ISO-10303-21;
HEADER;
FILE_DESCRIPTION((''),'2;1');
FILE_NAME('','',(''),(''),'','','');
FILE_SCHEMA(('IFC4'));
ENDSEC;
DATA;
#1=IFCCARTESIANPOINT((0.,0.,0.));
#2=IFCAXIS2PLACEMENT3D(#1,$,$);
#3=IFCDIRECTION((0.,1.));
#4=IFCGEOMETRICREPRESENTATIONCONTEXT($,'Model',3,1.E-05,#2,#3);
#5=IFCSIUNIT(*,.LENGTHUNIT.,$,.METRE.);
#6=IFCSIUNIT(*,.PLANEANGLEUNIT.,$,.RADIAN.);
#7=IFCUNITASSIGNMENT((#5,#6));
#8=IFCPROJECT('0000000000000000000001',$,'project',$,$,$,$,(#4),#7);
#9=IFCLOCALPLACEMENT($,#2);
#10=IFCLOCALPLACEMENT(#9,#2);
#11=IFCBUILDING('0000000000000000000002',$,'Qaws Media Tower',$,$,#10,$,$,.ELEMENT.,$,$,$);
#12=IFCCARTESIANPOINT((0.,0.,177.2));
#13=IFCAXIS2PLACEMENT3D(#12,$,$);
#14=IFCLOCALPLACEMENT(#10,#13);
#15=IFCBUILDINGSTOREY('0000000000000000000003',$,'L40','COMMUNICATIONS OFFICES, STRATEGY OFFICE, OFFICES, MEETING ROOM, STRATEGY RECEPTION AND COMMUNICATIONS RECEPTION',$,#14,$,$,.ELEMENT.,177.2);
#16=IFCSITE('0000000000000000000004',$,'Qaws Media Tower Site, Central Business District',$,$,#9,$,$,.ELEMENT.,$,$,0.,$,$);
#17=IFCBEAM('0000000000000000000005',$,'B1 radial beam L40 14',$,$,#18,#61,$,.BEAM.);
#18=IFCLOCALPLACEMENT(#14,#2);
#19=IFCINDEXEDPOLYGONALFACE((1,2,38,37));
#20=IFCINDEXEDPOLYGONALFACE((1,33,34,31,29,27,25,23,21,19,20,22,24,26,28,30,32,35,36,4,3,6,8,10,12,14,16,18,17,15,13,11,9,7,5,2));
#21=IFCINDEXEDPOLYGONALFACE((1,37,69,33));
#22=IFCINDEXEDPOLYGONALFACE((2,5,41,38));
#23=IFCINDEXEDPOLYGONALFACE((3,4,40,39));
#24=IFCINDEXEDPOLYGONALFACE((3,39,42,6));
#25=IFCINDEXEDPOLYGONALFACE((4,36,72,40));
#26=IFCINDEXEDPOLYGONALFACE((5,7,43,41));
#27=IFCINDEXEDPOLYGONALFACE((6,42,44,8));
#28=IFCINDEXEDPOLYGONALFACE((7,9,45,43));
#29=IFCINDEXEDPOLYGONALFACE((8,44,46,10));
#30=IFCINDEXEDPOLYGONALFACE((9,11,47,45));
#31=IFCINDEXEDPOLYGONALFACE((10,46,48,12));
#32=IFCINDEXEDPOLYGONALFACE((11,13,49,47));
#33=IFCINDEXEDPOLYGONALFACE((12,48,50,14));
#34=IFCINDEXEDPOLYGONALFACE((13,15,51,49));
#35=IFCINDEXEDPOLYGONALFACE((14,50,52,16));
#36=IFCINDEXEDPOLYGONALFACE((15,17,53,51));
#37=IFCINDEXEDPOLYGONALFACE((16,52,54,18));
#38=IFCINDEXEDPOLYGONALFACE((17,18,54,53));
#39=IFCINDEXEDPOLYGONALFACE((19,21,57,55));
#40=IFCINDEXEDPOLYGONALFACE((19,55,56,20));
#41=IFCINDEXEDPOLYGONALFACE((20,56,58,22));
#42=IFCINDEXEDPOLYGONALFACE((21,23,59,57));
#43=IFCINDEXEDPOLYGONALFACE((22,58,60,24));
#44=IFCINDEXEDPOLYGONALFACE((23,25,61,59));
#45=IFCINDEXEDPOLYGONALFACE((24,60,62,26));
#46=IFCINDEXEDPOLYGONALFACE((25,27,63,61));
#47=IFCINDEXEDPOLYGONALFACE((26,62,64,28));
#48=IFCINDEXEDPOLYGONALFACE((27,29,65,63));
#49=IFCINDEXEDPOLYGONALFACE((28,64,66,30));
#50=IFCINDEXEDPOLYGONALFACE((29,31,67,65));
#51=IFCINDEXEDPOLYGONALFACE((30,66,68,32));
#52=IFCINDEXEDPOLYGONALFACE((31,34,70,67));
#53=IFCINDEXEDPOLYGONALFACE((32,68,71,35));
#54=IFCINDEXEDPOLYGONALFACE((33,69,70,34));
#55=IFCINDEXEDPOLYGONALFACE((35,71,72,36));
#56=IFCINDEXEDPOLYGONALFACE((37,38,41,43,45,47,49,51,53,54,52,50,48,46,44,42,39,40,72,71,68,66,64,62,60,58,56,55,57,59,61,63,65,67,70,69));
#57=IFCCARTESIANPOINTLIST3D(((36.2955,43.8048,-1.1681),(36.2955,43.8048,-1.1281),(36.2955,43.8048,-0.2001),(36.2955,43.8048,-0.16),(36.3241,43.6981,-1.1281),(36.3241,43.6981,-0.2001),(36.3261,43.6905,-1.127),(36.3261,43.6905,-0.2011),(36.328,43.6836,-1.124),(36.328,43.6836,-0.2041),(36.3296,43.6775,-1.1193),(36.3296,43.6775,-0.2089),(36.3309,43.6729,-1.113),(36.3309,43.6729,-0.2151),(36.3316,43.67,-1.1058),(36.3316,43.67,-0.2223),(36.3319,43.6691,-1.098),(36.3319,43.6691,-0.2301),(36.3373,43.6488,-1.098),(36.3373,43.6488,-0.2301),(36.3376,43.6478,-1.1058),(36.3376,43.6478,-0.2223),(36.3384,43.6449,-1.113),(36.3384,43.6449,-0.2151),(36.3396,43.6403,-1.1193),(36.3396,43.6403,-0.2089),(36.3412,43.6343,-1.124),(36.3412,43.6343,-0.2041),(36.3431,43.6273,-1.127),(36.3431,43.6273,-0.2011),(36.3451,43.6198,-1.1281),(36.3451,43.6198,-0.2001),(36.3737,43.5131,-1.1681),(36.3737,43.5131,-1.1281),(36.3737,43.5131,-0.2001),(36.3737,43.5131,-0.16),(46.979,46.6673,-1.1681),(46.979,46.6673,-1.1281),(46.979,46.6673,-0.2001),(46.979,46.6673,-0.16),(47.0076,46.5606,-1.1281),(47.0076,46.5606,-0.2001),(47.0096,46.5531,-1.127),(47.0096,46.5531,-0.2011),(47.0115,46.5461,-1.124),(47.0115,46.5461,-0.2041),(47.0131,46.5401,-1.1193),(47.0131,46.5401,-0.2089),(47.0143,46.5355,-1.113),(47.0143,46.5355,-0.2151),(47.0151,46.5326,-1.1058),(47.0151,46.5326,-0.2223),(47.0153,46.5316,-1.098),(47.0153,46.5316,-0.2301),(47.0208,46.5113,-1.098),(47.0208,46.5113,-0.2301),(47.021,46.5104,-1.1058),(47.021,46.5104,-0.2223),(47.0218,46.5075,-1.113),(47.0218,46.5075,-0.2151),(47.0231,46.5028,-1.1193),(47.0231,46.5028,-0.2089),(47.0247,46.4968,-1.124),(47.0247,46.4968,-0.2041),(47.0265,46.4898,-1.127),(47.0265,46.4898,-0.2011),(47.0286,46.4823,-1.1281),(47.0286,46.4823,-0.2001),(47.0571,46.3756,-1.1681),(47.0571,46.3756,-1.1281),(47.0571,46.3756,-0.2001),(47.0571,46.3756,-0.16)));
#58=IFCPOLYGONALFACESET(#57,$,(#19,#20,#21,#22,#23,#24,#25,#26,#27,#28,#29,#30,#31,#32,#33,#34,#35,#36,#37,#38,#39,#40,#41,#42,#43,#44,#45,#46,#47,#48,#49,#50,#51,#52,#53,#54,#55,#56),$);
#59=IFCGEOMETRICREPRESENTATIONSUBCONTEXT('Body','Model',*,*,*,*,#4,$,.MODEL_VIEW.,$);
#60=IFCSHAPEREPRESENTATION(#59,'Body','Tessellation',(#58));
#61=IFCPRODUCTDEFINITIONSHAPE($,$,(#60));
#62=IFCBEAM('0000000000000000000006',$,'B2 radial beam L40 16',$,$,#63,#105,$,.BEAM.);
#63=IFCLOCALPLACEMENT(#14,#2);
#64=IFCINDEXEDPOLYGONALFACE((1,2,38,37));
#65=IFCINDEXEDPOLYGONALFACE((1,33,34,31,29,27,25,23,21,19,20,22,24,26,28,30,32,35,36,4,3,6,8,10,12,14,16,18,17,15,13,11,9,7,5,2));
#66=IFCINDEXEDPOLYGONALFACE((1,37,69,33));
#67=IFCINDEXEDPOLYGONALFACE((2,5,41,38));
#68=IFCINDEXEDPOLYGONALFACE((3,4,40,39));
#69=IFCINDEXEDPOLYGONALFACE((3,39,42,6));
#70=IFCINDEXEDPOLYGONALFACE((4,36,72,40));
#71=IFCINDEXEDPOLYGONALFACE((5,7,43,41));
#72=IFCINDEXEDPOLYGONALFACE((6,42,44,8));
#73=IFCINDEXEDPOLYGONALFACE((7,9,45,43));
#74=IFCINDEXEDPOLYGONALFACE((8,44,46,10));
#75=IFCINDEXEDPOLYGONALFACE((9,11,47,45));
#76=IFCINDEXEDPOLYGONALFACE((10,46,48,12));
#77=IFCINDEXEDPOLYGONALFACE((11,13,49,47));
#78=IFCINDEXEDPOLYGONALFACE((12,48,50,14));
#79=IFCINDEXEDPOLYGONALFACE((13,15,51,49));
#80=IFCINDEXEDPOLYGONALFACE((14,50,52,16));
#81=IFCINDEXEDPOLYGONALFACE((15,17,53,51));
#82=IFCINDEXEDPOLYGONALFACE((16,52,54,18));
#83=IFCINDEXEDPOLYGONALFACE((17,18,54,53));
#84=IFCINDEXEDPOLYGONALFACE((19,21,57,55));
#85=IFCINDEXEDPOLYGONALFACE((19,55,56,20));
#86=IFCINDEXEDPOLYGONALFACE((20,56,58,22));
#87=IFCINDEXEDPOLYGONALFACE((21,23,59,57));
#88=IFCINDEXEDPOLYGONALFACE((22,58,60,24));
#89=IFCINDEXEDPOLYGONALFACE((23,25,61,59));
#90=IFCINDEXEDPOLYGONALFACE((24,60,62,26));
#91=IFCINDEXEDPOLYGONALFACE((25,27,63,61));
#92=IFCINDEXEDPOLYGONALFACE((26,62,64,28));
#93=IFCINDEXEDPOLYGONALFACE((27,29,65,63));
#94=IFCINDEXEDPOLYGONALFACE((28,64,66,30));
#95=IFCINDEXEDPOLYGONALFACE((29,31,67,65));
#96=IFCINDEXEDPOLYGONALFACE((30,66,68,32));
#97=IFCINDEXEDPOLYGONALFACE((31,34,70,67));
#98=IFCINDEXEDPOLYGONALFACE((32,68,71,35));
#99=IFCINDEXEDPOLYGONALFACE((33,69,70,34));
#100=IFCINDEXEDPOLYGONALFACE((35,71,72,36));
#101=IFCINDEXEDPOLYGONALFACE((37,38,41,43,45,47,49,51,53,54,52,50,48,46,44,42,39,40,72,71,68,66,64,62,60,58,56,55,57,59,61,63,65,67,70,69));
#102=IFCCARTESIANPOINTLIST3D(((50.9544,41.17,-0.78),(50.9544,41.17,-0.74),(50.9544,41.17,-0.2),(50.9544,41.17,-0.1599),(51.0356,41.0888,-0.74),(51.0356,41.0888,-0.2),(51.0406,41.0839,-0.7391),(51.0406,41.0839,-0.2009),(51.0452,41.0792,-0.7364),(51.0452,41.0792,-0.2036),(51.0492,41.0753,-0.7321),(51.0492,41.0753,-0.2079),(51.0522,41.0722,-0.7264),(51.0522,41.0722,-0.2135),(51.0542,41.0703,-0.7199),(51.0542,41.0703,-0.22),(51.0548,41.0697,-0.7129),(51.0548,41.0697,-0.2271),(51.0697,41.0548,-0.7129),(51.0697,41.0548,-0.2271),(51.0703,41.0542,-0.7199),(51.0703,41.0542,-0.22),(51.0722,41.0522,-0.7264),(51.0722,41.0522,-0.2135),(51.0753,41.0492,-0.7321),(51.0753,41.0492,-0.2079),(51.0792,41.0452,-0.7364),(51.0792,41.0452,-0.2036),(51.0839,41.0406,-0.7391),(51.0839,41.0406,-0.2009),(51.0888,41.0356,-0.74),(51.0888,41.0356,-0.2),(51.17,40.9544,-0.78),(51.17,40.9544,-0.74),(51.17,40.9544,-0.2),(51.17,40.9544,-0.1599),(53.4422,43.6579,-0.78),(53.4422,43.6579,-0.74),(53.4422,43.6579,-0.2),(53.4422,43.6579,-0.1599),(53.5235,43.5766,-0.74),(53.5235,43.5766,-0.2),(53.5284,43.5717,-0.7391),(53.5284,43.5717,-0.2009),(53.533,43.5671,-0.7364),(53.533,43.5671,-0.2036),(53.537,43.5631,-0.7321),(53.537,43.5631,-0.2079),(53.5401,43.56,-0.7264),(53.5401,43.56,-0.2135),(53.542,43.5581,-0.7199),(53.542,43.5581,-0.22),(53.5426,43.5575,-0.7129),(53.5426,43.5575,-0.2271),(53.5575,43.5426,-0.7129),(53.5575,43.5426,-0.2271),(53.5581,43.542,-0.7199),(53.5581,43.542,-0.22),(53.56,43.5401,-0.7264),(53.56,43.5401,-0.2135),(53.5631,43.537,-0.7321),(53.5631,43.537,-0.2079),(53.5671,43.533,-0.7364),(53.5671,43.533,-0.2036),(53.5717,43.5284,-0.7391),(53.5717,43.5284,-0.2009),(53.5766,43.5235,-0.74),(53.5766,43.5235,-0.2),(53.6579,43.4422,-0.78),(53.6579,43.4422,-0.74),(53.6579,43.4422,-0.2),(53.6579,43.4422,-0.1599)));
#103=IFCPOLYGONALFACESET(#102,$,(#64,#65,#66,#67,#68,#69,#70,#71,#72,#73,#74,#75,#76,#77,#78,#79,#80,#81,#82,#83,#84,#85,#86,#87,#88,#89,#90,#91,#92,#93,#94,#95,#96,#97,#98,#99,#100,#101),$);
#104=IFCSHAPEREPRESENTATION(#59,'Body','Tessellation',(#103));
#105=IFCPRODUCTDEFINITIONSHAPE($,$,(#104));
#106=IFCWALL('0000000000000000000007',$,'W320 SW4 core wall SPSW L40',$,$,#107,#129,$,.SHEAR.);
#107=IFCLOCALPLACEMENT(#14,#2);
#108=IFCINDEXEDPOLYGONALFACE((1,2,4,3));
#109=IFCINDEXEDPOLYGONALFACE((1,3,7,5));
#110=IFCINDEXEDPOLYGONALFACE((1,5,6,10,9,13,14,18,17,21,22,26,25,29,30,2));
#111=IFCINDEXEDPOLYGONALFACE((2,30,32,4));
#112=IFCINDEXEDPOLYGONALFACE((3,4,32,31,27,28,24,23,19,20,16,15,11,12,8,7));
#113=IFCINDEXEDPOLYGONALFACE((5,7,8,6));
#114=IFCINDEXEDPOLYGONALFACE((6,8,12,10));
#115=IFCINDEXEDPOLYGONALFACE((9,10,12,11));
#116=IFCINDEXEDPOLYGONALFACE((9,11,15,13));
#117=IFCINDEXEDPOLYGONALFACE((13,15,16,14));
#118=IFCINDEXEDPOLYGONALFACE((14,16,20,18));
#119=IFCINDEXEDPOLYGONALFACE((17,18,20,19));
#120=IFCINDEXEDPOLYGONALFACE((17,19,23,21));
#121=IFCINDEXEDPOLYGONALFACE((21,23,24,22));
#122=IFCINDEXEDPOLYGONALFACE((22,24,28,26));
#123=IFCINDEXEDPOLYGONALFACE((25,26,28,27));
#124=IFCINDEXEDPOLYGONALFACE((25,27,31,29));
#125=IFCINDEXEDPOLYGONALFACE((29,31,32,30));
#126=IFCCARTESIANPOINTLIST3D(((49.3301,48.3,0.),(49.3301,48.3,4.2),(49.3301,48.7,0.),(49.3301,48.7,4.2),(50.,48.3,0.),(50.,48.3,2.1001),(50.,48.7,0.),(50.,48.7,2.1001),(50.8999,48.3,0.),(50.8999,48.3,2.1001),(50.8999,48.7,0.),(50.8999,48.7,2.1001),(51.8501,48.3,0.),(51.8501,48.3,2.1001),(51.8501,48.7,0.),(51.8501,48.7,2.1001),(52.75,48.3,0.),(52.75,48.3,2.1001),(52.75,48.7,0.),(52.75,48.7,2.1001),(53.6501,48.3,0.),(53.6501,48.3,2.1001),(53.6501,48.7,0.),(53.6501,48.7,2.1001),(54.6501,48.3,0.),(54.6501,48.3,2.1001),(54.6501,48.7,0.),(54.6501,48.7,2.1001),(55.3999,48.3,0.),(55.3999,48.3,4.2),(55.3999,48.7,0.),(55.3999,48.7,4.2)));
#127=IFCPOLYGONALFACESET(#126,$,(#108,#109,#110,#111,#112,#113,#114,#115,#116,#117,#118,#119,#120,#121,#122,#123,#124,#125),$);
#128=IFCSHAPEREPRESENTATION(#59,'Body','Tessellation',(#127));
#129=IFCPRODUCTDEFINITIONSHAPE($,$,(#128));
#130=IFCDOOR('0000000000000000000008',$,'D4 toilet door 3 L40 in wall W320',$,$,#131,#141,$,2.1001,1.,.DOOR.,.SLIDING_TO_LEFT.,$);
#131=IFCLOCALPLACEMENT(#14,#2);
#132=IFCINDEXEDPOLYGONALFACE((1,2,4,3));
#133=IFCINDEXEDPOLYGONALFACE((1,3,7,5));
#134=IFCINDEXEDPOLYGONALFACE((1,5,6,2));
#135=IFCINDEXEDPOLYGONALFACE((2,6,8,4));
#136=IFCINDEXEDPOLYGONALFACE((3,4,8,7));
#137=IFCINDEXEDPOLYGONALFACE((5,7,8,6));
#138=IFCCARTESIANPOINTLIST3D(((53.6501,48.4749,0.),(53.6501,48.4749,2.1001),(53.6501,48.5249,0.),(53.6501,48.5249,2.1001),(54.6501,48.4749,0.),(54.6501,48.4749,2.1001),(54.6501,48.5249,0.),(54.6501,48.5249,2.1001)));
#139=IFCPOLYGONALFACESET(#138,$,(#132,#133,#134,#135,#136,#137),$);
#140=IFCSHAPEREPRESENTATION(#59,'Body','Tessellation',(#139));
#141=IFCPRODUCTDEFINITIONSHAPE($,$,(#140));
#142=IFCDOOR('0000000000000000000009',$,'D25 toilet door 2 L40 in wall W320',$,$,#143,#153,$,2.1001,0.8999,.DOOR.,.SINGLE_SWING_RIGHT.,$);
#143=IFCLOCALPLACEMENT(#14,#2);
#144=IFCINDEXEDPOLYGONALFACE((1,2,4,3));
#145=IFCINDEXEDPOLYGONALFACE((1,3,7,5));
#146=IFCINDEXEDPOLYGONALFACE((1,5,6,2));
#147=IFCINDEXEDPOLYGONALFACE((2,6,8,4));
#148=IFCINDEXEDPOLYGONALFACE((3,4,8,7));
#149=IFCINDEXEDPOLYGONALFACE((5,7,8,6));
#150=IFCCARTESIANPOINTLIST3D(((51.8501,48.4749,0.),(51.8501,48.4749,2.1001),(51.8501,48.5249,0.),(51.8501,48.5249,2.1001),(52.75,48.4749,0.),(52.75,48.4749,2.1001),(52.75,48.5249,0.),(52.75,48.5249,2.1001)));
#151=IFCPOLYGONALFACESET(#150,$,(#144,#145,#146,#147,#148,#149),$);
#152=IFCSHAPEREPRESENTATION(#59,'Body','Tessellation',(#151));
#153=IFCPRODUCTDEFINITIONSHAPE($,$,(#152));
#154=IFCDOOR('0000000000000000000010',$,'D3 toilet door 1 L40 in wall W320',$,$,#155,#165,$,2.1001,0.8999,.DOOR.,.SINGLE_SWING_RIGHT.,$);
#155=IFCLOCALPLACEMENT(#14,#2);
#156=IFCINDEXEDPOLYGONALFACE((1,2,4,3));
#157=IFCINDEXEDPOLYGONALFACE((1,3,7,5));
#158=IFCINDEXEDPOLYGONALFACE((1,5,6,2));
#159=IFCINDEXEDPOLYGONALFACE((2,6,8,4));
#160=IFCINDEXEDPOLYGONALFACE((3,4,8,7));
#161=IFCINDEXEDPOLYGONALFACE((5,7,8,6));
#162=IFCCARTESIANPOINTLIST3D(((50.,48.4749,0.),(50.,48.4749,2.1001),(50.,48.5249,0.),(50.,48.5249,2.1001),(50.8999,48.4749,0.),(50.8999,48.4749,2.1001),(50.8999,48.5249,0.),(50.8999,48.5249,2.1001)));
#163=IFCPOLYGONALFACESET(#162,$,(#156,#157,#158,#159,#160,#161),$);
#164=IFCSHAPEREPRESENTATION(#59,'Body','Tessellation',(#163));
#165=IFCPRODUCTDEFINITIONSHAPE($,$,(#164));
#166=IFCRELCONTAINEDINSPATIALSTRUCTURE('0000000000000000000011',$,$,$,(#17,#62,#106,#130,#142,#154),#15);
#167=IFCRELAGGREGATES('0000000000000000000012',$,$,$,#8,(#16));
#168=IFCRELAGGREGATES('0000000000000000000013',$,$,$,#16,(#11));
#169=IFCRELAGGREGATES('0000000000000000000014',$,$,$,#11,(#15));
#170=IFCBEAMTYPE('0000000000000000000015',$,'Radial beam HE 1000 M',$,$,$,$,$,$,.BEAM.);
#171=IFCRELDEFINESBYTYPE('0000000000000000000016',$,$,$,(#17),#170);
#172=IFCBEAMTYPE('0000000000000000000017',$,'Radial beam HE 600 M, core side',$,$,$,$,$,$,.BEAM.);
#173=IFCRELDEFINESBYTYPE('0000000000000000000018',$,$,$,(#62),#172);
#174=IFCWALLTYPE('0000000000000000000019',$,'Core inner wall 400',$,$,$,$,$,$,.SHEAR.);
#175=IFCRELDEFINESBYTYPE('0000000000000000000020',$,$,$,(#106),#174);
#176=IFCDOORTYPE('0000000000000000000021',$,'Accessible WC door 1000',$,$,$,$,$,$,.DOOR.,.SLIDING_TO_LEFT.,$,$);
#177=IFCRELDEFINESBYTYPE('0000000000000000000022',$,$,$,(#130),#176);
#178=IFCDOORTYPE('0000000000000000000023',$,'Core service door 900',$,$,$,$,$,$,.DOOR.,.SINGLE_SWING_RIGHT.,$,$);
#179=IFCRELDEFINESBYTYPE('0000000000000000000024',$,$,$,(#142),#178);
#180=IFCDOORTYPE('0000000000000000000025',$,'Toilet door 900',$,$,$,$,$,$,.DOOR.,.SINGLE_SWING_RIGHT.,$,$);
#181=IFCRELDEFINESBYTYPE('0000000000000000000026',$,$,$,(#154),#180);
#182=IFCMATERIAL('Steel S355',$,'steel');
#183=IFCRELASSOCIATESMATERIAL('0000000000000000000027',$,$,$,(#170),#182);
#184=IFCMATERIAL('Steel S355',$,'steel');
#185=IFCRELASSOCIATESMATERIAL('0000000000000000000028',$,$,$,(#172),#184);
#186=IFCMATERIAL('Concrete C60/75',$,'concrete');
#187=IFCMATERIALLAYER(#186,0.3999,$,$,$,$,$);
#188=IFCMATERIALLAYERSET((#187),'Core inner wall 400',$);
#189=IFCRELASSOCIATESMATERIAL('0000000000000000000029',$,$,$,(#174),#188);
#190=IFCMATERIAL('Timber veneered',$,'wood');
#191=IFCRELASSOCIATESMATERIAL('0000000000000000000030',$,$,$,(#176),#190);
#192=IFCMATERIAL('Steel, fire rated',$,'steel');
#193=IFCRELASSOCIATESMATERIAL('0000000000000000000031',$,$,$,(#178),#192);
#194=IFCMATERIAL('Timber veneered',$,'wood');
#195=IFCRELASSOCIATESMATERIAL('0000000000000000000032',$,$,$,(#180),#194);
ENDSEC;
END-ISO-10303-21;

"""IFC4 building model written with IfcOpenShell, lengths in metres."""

from ifc_helpers import new_model, si_unit, direction, frame, frame_2d, origin, origin_2d, place, context, subcontext, project, spatial, rectangle, i_section, extrude, material, layer, layer_set, material_profile, profile_set, type_object, element, fill, save


model = new_model("IFC4")

# Units and contexts
model_context = context("Model", 3, precision=1e-05, world=origin(), true_north=direction((0.0, 1.0)))
body_context = subcontext(model_context, "Body", "Model", "MODEL_VIEW")
ifc_project = project(units=[si_unit("LENGTHUNIT", "METRE"), si_unit("PLANEANGLEUNIT", "RADIAN")], contexts=[model_context])

# Site, building, storey
site_placement = place(None, origin())
site = spatial("IfcSite", under=ifc_project, at=site_placement, Name="Qaws Media Tower Site, Central Business District", CompositionType="ELEMENT", RefElevation=0.0)
building_placement = place(site_placement, origin())
building = spatial("IfcBuilding", under=site, at=building_placement, Name="Qaws Media Tower", CompositionType="ELEMENT")
storey_placement = place(building_placement, frame((0.0, 0.0, 177.2)))
storey = spatial("IfcBuildingStorey", under=building, at=storey_placement, Name="L40", Description="COMMUNICATIONS OFFICES, STRATEGY OFFICE, OFFICES, MEETING ROOM, STRATEGY RECEPTION AND COMMUNICATIONS RECEPTION", CompositionType="ELEMENT", Elevation=177.2)

# Beams
ifc_material_1 = material(Name="Steel S355", Category="steel")
ifc_material_profile_1 = material_profile(ifc_material_1, i_section(OverallWidth=0.302, OverallDepth=1.0081, WebThickness=0.021, FlangeThickness=0.04, FilletRadius=0.03, at=origin_2d()), Name="HE 1000 M")
ifc_profile_set_1 = profile_set([ifc_material_profile_1], Name="Steel S355")
beam_type_1 = type_object("IfcBeamType", Name="Radial beam HE 1000 M", PredefinedType="BEAM", material=ifc_profile_set_1)
beam_1_placement = place(storey_placement, frame((47.0181, 46.5215, -0.6641), z_axis=(-0.965927, -0.258815, 0.0), x_axis=(0.258815, -0.965927, 0.0)))
element("IfcBeam", 1, at=beam_1_placement, inside=storey, type_object=beam_type_1, Name="B1 radial beam L40 14", PredefinedType="BEAM", context=body_context, shape_type="SweptSolid", body=[
    extrude(i_section(OverallWidth=0.302, OverallDepth=1.0081, WebThickness=0.021, FlangeThickness=0.04, FilletRadius=0.03, at=origin_2d()), origin(), (0.0, 0.0, 1.0), 11.0603),
])
ifc_material_2 = material(Name="Steel S355", Category="steel")
ifc_material_profile_2 = material_profile(ifc_material_2, i_section(OverallWidth=0.3049, OverallDepth=0.6201, WebThickness=0.021, FlangeThickness=0.04, FilletRadius=0.0271, at=origin_2d()), Name="HE 600 M")
ifc_profile_set_2 = profile_set([ifc_material_profile_2], Name="Steel S355")
beam_type_2 = type_object("IfcBeamType", Name="Radial beam HE 600 M, core side", PredefinedType="BEAM", material=ifc_profile_set_2)
beam_2_placement = place(storey_placement, frame((53.55, 43.55, -0.47), z_axis=(-0.707107, -0.707107, 0.0), x_axis=(0.707107, -0.707107, 0.0)))
element("IfcBeam", 2, at=beam_2_placement, inside=storey, type_object=beam_type_2, Name="B2 radial beam L40 16", PredefinedType="BEAM", context=body_context, shape_type="SweptSolid", body=[
    extrude(i_section(OverallWidth=0.3049, OverallDepth=0.6201, WebThickness=0.021, FlangeThickness=0.04, FilletRadius=0.0271, at=origin_2d()), origin(), (0.0, 0.0, 1.0), 3.5183),
])

# Wall, openings, doors
ifc_material_3 = material(Name="Concrete C60/75", Category="concrete")
ifc_layer_1 = layer(ifc_material_3, 0.3999)
ifc_layer_set_1 = layer_set([ifc_layer_1], Name="Core inner wall 400")
wall_type_1 = type_object("IfcWallType", Name="Core inner wall 400", PredefinedType="SHEAR", material=ifc_layer_set_1)
wall_1_placement = place(storey_placement, frame((49.3301, 48.5, 0.0), z_axis=(0.0, 0.0, 1.0), x_axis=(1.0, 0.0, 0.0)))
wall_1 = element("IfcWall", 3, at=wall_1_placement, inside=storey, type_object=wall_type_1, Name="W320 SW4 core wall SPSW L40", PredefinedType="SHEAR", context=body_context, shape_type="SweptSolid", body=[
    extrude(rectangle(XDim=6.0698, YDim=0.3999, at=frame_2d((3.0349, 0.0))), origin(), (0.0, 0.0, 1.0), 4.2),
])
opening_1_placement = place(wall_1_placement, frame((0.6699, 0.0, 0.0)))
opening_1 = element("IfcOpeningElement", 4, at=opening_1_placement, cuts=wall_1, PredefinedType="OPENING", context=body_context, shape_type="SweptSolid", body=[
    extrude(rectangle(XDim=0.8999, YDim=2.1001, at=frame_2d((0.45, 1.05))), frame((0.0, 0.21, 0.0), z_axis=(0.0, -1.0, 0.0), x_axis=(1.0, 0.0, 0.0)), (0.0, 0.0, 1.0), 0.4199),
])
opening_2_placement = place(wall_1_placement, frame((2.52, 0.0, 0.0)))
opening_2 = element("IfcOpeningElement", 5, at=opening_2_placement, cuts=wall_1, PredefinedType="OPENING", context=body_context, shape_type="SweptSolid", body=[
    extrude(rectangle(XDim=0.8999, YDim=2.1001, at=frame_2d((0.45, 1.05))), frame((0.0, 0.21, 0.0), z_axis=(0.0, -1.0, 0.0), x_axis=(1.0, 0.0, 0.0)), (0.0, 0.0, 1.0), 0.4199),
])
opening_3_placement = place(wall_1_placement, frame((4.3201, 0.0, 0.0)))
opening_3 = element("IfcOpeningElement", 6, at=opening_3_placement, cuts=wall_1, PredefinedType="OPENING", context=body_context, shape_type="SweptSolid", body=[
    extrude(rectangle(XDim=1.0, YDim=2.1001, at=frame_2d((0.5, 1.05))), frame((0.0, 0.21, 0.0), z_axis=(0.0, -1.0, 0.0), x_axis=(1.0, 0.0, 0.0)), (0.0, 0.0, 1.0), 0.4199),
])
ifc_material_4 = material(Name="Timber veneered", Category="wood")
door_type_1 = type_object("IfcDoorType", Name="Accessible WC door 1000", OperationType="SLIDING_TO_LEFT", PredefinedType="DOOR", material=ifc_material_4)
door_1_placement = place(opening_3_placement, origin())
door_1 = element("IfcDoor", 7, at=door_1_placement, inside=storey, type_object=door_type_1, Name="D4 toilet door 3 L40 in wall W320", OperationType="SLIDING_TO_LEFT", OverallHeight=2.1001, OverallWidth=1.0, PredefinedType="DOOR", context=body_context, shape_type="SweptSolid", body=[
    extrude(rectangle(XDim=1.0, YDim=2.1001, at=frame_2d((0.5, 1.05))), frame((0.0, 0.0249, 0.0), z_axis=(0.0, -1.0, 0.0), x_axis=(1.0, 0.0, 0.0)), (0.0, 0.0, 1.0), 0.05),
])
fill(opening_3, door_1)
ifc_material_5 = material(Name="Steel, fire rated", Category="steel")
door_type_2 = type_object("IfcDoorType", Name="Core service door 900", OperationType="SINGLE_SWING_RIGHT", PredefinedType="DOOR", material=ifc_material_5)
door_2_placement = place(opening_2_placement, origin())
door_2 = element("IfcDoor", 8, at=door_2_placement, inside=storey, type_object=door_type_2, Name="D25 toilet door 2 L40 in wall W320", OperationType="SINGLE_SWING_RIGHT", OverallHeight=2.1001, OverallWidth=0.8999, PredefinedType="DOOR", context=body_context, shape_type="SweptSolid", body=[
    extrude(rectangle(XDim=0.8999, YDim=2.1001, at=frame_2d((0.45, 1.05))), frame((0.0, 0.0249, 0.0), z_axis=(0.0, -1.0, 0.0), x_axis=(1.0, 0.0, 0.0)), (0.0, 0.0, 1.0), 0.05),
])
fill(opening_2, door_2)
ifc_material_6 = material(Name="Timber veneered", Category="wood")
door_type_3 = type_object("IfcDoorType", Name="Toilet door 900", OperationType="SINGLE_SWING_RIGHT", PredefinedType="DOOR", material=ifc_material_6)
door_3_placement = place(opening_1_placement, origin())
door_3 = element("IfcDoor", 9, at=door_3_placement, inside=storey, type_object=door_type_3, Name="D3 toilet door 1 L40 in wall W320", OperationType="SINGLE_SWING_RIGHT", OverallHeight=2.1001, OverallWidth=0.8999, PredefinedType="DOOR", context=body_context, shape_type="SweptSolid", body=[
    extrude(rectangle(XDim=0.8999, YDim=2.1001, at=frame_2d((0.45, 1.05))), frame((0.0, 0.0249, 0.0), z_axis=(0.0, -1.0, 0.0), x_axis=(1.0, 0.0, 0.0)), (0.0, 0.0, 1.0), 0.05),
])
fill(opening_1, door_3)

save(model, "model.ifc")
